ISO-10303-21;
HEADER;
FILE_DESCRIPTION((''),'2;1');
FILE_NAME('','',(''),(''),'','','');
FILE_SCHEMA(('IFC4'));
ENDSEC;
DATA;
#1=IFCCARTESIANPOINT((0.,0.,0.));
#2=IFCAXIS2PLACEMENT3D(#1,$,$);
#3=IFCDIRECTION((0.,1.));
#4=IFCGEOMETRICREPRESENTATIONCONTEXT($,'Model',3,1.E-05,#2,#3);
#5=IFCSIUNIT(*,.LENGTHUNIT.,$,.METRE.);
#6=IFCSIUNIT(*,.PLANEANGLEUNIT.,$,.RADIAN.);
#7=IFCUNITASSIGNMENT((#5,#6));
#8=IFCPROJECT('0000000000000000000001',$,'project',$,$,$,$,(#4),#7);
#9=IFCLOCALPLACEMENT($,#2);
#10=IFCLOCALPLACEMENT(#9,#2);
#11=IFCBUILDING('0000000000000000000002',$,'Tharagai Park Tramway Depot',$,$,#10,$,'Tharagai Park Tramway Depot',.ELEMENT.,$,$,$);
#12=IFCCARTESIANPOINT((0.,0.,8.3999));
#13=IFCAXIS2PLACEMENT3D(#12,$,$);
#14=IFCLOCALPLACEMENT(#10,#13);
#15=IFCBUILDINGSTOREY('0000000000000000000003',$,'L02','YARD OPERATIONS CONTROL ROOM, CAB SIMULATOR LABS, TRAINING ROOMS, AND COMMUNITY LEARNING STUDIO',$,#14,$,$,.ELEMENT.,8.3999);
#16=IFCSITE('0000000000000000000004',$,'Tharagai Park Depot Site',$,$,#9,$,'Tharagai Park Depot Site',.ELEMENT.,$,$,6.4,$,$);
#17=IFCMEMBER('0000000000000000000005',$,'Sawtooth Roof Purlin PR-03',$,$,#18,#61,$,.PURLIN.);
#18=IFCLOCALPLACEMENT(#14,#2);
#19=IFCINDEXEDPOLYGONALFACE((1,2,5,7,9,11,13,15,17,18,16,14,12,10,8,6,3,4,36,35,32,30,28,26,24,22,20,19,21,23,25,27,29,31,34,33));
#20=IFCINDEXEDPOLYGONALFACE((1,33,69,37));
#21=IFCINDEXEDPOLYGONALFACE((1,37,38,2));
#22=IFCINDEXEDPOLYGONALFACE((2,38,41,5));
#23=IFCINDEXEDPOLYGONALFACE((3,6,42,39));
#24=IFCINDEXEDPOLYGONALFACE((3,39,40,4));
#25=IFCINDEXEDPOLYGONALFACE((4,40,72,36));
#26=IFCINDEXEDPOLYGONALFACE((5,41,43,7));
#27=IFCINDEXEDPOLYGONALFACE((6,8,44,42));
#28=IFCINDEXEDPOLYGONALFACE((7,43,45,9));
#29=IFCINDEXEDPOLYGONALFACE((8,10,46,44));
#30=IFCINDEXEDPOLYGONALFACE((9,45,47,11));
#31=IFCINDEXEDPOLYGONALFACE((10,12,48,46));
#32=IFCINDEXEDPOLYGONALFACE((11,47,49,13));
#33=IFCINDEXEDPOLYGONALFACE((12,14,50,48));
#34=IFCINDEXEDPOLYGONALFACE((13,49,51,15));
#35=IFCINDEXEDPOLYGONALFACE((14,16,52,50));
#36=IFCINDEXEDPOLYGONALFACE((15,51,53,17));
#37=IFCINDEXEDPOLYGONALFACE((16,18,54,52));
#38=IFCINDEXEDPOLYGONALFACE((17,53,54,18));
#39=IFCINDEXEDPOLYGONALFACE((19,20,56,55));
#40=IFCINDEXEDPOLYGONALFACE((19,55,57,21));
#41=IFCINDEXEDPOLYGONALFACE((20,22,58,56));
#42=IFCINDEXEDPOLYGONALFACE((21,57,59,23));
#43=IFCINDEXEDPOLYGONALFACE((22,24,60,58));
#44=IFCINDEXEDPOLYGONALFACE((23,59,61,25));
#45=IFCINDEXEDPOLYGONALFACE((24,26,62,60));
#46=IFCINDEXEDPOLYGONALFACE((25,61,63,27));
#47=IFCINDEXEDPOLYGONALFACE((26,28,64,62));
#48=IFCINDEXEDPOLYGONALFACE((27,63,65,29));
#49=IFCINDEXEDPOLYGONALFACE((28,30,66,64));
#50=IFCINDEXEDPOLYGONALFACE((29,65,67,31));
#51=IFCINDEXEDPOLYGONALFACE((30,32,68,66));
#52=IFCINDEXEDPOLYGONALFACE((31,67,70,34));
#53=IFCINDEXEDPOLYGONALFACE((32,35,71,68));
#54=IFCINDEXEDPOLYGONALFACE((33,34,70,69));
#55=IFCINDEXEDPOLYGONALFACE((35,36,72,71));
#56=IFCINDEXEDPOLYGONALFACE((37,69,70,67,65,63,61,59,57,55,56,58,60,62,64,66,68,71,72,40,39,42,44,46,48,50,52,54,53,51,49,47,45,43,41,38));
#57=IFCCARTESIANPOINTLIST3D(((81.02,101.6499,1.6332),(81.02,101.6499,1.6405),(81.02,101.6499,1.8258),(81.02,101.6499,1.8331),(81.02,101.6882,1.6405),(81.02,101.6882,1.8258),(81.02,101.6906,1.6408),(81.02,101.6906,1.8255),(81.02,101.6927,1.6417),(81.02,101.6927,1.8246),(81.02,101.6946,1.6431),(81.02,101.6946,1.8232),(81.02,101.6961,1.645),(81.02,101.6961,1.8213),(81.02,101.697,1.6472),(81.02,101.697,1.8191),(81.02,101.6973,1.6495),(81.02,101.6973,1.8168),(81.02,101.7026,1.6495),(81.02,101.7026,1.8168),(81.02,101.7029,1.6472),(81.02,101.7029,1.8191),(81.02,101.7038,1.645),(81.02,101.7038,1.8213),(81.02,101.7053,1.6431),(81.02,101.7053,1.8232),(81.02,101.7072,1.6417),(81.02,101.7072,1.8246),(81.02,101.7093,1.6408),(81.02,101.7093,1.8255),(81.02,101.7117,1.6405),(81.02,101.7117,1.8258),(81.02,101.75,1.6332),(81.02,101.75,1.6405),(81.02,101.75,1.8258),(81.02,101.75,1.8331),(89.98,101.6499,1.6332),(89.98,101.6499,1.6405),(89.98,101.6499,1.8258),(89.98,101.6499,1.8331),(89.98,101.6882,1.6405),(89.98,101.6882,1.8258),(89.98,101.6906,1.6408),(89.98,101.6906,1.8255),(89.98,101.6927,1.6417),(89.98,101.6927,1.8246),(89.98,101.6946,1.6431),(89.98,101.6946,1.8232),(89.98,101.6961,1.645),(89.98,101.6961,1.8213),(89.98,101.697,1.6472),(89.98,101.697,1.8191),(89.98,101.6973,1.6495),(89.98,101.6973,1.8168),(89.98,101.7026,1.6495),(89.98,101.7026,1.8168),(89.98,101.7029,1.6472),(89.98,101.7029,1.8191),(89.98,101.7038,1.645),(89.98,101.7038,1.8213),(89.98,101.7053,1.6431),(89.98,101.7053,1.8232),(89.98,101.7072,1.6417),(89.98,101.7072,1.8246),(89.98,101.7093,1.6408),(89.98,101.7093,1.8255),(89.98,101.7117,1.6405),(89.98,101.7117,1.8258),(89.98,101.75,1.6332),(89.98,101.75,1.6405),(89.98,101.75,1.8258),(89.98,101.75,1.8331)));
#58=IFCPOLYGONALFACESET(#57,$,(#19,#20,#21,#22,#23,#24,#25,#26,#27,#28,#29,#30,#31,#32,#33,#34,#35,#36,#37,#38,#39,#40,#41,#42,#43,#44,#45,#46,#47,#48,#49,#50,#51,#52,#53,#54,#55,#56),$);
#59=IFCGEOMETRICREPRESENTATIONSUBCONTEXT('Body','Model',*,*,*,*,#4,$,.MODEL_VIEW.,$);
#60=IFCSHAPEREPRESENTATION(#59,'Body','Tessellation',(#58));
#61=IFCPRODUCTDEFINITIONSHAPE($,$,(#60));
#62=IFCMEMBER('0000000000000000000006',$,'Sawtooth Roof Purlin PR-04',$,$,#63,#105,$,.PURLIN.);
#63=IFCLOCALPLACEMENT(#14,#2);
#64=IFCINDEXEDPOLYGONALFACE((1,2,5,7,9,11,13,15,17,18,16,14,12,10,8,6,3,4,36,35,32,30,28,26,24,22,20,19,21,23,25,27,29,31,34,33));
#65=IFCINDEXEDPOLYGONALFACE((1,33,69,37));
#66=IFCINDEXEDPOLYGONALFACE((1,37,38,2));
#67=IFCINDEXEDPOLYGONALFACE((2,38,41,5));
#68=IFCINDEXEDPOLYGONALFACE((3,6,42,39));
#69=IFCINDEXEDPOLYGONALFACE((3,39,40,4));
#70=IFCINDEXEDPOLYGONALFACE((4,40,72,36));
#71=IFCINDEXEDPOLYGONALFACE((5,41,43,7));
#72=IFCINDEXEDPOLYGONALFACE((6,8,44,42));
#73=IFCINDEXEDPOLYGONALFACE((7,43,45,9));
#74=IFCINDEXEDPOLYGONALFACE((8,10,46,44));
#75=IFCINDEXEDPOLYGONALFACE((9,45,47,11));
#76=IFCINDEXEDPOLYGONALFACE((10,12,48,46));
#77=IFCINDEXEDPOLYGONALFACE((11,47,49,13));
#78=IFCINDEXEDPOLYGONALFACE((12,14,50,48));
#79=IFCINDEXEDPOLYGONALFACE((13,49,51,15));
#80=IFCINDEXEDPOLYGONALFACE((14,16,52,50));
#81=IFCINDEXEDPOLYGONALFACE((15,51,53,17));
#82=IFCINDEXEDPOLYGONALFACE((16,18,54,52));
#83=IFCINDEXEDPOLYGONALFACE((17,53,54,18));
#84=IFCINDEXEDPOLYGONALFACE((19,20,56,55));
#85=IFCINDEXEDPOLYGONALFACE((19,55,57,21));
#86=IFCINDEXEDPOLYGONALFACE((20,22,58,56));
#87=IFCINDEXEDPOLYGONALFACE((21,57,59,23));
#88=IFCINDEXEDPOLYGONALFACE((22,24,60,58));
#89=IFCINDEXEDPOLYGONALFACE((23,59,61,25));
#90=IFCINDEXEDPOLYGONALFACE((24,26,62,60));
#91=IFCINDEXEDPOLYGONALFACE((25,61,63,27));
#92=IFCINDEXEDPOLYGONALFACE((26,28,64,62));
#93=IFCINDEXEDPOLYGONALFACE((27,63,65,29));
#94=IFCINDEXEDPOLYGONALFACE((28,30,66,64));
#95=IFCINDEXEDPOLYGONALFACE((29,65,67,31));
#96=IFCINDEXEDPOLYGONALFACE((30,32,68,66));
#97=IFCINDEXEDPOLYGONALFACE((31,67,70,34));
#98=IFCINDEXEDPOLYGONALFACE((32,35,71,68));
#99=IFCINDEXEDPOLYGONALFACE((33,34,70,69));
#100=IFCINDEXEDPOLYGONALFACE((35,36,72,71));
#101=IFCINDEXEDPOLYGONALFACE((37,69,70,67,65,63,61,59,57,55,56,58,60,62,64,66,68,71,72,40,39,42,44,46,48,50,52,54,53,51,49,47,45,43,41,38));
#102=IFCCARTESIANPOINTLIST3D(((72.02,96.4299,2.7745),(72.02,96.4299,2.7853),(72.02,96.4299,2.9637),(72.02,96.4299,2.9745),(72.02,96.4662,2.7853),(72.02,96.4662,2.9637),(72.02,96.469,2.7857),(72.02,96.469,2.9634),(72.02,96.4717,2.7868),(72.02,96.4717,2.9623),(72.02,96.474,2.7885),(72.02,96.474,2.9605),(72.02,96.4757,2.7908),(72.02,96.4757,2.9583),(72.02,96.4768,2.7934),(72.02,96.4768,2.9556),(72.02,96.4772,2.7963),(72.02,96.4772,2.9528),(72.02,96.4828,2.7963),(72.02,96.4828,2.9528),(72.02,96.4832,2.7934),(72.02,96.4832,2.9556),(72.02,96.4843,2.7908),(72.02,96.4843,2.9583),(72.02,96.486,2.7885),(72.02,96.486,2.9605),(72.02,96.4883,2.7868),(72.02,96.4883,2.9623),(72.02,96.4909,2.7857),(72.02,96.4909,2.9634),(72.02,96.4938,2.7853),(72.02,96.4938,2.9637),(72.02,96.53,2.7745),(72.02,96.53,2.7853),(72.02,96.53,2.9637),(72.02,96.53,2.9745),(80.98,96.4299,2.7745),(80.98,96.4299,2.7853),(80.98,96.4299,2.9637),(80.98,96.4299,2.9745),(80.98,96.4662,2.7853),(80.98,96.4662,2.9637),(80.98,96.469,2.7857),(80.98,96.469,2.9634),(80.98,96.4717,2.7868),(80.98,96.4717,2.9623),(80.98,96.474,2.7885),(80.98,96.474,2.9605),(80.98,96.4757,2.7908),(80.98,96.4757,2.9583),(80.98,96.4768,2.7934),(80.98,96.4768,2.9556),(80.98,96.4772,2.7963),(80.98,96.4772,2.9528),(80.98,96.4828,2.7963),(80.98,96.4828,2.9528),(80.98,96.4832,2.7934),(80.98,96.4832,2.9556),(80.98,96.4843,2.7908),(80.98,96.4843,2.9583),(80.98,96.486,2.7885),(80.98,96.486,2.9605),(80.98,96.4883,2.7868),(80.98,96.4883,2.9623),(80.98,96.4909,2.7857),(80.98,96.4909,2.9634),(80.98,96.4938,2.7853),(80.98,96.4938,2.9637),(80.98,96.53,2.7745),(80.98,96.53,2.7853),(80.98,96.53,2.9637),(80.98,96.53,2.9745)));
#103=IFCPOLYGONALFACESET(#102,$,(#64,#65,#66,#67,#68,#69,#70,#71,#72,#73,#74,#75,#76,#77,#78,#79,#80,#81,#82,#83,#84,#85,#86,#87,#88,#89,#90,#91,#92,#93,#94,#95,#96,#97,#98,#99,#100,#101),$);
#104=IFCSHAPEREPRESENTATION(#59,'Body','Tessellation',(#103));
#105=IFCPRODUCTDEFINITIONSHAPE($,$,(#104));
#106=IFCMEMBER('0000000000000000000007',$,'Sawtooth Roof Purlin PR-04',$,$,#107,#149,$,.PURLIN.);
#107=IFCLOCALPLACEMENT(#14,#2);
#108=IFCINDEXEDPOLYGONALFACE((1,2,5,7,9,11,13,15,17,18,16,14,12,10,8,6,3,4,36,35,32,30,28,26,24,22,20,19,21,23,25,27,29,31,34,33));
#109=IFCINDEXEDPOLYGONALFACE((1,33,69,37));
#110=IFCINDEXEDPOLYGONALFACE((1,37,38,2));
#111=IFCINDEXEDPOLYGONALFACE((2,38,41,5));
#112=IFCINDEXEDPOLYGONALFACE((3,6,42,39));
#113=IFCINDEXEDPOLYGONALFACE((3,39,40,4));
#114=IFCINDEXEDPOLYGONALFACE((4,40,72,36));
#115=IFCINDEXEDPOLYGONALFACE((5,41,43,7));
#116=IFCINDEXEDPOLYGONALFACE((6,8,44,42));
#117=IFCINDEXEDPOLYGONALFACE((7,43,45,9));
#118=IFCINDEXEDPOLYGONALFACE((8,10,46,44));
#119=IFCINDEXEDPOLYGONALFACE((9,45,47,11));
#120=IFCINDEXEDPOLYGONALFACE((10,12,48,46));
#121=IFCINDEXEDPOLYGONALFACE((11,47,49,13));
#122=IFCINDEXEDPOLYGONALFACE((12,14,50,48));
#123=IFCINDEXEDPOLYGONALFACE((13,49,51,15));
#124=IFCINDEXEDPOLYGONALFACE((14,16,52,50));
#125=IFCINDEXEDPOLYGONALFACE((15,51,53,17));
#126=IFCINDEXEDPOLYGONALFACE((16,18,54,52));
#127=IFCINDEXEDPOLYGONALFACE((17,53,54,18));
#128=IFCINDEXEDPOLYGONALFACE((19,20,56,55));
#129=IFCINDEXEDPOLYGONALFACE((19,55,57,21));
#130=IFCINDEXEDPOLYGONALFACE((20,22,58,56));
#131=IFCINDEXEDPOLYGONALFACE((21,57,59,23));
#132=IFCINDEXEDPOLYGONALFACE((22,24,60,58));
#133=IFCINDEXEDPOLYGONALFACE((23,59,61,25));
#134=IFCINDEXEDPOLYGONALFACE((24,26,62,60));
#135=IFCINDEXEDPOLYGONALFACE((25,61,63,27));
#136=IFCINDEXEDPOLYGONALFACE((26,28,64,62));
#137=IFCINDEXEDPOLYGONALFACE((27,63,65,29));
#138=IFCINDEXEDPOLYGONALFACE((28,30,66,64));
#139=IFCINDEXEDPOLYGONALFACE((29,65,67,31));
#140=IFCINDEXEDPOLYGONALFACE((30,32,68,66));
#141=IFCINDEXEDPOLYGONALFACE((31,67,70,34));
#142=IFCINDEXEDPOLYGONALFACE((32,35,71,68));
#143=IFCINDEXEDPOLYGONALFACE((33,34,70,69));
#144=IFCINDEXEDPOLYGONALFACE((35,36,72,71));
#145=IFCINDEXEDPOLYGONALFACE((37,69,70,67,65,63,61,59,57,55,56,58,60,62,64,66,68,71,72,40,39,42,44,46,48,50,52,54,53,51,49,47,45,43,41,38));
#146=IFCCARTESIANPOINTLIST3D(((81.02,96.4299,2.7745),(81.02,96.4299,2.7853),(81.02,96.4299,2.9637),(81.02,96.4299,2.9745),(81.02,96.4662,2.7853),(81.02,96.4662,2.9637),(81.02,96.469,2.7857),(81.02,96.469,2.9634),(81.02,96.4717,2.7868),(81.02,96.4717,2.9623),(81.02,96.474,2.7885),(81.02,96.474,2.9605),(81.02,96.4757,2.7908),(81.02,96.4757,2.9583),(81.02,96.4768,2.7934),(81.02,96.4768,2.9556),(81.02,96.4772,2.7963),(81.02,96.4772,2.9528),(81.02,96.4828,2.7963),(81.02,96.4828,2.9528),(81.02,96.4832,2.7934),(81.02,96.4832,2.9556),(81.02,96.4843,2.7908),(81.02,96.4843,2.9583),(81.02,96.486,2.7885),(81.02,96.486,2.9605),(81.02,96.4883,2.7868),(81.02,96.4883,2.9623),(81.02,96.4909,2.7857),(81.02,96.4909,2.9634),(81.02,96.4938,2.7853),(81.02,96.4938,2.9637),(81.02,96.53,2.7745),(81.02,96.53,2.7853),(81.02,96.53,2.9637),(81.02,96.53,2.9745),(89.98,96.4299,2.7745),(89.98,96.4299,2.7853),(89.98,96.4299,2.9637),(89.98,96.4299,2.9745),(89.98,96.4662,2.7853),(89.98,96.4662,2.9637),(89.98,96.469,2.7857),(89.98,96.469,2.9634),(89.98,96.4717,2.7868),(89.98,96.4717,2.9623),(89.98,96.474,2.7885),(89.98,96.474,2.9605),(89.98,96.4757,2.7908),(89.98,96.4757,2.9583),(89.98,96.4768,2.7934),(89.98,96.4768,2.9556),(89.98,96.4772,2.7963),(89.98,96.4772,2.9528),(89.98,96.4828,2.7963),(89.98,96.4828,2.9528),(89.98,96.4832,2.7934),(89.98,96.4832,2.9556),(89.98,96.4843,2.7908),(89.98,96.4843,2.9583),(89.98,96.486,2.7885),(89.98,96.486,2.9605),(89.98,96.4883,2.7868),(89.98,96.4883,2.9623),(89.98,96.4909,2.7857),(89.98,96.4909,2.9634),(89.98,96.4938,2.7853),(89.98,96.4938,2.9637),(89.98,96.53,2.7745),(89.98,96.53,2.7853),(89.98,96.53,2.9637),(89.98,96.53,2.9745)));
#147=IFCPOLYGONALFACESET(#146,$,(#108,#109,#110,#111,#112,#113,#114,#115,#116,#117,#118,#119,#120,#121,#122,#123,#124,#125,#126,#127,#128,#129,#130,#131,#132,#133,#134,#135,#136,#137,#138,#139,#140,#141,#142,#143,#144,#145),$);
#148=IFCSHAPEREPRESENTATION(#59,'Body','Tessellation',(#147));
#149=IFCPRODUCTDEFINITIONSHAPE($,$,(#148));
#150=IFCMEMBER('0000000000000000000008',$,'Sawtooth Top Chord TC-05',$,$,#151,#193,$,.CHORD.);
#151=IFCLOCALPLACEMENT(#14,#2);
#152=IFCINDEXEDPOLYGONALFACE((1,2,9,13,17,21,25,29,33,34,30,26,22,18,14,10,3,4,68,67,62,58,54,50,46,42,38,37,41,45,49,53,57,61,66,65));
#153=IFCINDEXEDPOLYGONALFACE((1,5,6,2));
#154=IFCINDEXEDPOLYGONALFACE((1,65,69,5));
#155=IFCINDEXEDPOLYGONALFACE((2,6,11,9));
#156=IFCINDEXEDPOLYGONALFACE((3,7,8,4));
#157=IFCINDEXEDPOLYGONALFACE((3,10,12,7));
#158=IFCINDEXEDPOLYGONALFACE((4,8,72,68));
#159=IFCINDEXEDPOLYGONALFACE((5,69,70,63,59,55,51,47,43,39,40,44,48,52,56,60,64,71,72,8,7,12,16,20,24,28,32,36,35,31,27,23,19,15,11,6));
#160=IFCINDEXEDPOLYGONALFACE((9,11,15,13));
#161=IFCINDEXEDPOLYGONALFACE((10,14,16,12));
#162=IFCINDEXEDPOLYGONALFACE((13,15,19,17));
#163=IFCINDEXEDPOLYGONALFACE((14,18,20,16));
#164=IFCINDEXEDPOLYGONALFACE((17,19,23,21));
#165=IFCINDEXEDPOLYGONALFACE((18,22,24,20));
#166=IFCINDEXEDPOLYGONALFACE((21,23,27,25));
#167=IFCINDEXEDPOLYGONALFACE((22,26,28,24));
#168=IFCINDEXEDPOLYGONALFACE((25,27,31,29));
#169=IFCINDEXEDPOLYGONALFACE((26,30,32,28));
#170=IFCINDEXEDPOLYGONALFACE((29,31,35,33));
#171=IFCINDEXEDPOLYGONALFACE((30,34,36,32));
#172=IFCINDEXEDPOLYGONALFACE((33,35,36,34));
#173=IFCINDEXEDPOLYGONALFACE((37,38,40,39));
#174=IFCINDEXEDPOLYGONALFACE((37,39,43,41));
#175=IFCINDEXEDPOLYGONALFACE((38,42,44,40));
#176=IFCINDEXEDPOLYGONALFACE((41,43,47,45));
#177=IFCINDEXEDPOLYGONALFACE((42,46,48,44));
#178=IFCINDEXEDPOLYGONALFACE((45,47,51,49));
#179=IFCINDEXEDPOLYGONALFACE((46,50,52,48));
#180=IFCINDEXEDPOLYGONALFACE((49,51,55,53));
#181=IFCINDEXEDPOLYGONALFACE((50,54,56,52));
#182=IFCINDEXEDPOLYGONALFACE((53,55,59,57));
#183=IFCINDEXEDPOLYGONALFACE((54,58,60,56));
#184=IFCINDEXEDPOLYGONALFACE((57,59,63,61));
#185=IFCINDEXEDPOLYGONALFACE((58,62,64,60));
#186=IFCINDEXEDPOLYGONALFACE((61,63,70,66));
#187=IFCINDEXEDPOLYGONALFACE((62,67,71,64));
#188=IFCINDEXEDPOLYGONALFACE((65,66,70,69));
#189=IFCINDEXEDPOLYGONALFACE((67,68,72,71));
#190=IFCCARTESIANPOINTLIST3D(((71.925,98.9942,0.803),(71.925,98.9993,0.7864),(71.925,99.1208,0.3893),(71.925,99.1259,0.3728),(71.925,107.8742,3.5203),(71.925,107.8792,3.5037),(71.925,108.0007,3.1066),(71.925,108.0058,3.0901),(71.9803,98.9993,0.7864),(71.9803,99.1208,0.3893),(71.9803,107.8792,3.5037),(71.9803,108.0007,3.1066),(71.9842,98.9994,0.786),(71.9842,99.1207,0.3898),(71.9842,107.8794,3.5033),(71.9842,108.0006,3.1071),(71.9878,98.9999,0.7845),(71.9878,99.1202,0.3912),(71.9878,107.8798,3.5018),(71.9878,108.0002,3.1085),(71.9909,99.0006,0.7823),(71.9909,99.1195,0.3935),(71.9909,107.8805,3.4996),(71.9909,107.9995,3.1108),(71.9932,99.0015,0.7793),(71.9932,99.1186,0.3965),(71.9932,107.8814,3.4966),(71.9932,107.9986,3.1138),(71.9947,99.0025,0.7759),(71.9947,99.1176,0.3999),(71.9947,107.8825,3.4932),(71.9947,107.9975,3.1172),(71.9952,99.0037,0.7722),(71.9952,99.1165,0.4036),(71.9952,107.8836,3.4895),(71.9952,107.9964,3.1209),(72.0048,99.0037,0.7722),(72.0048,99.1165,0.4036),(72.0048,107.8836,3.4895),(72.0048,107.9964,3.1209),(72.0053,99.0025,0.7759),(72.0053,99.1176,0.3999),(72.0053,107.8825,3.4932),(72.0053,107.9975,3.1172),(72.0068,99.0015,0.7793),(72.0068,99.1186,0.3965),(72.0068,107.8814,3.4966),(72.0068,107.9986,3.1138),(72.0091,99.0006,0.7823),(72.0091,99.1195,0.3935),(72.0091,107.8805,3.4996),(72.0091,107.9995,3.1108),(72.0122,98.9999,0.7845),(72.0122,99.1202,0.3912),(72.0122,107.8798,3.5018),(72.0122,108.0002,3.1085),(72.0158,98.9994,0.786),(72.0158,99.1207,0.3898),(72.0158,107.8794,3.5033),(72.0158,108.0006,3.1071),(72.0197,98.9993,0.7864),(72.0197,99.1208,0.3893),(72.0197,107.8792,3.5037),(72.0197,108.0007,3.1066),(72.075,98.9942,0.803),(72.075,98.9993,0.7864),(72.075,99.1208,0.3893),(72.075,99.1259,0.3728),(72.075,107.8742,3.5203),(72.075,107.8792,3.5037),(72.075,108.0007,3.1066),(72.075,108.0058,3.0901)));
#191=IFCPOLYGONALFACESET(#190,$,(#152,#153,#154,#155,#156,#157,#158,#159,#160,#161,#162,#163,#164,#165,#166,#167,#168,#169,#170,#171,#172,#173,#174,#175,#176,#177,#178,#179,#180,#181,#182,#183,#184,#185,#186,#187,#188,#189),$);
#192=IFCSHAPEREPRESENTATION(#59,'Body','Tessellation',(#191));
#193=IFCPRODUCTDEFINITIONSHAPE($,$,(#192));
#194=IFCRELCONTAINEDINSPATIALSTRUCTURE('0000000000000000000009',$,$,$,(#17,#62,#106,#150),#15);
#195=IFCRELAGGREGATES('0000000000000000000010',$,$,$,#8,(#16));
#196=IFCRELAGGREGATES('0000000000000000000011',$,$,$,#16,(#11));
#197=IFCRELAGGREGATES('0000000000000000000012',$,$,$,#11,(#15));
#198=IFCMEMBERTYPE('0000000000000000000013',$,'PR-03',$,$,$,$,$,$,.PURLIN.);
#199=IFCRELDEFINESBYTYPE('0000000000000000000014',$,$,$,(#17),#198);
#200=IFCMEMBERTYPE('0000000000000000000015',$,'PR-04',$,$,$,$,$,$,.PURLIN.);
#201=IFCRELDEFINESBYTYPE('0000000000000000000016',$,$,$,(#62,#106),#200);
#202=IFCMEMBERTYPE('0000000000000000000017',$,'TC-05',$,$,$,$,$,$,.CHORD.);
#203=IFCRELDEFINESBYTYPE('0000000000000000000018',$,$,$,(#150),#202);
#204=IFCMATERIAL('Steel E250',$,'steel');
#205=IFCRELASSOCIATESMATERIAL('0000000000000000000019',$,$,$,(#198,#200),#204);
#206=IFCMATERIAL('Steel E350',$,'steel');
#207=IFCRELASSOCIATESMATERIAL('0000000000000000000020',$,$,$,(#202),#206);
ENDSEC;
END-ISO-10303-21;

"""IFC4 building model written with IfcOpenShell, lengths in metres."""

from ifc_helpers import new_model, si_unit, direction, frame, origin, origin_2d, place, context, subcontext, project, spatial, i_section, extrude, material, material_profile, profile_set, type_object, element, save


model = new_model("IFC4")

# Units and contexts
model_context = context("Model", 3, precision=1e-05, world=origin(), true_north=direction((0.0, 1.0)))
body_context = subcontext(model_context, "Body", "Model", "MODEL_VIEW")
ifc_project = project(units=[si_unit("LENGTHUNIT", "METRE"), si_unit("PLANEANGLEUNIT", "RADIAN")], contexts=[model_context])

# Site, building, storey
site_placement = place(None, origin())
site = spatial("IfcSite", under=ifc_project, at=site_placement, Name="Tharagai Park Depot Site", LongName="Tharagai Park Depot Site", CompositionType="ELEMENT", RefElevation=6.4)
building_placement = place(site_placement, origin())
building = spatial("IfcBuilding", under=site, at=building_placement, Name="Tharagai Park Tramway Depot", LongName="Tharagai Park Tramway Depot", CompositionType="ELEMENT")
storey_placement = place(building_placement, frame((0.0, 0.0, 8.3999)))
storey = spatial("IfcBuildingStorey", under=building, at=storey_placement, Name="L02", Description="YARD OPERATIONS CONTROL ROOM, CAB SIMULATOR LABS, TRAINING ROOMS, AND COMMUNITY LEARNING STUDIO", CompositionType="ELEMENT", Elevation=8.3999)

# Shared definitions
ifc_material_1 = material(Name="Steel E350", Category="steel")

# Members
ifc_material_2 = material(Name="Steel E250", Category="steel")
ifc_material_profile_1 = material_profile(ifc_material_2, i_section(OverallWidth=0.1001, OverallDepth=0.2, WebThickness=0.0054, FlangeThickness=0.0073, FilletRadius=0.009, at=origin_2d()), Name="ISLB 200")
ifc_profile_set_1 = profile_set([ifc_material_profile_1], Name="Steel E250")
member_type_1 = type_object("IfcMemberType", Name="PR-03", PredefinedType="PURLIN", material=ifc_profile_set_1)
for number, where, z_axis, x_axis, name in (
    (1, (81.02, 101.7, 1.7332), (1.0, 0.0, 0.0), (0.0, 1.0, 0.0), "Sawtooth Roof Purlin PR-03"),
):
    element("IfcMember", number, at=place(storey_placement, frame(where, z_axis=z_axis, x_axis=x_axis)), inside=storey, type_object=member_type_1, Name=name, PredefinedType="PURLIN", context=body_context, shape_type="SweptSolid", body=[
        extrude(i_section(OverallWidth=0.1001, OverallDepth=0.2, WebThickness=0.0054, FlangeThickness=0.0073, FilletRadius=0.009, at=origin_2d()), origin(), (0.0, 0.0, 1.0), 8.96),
    ])
ifc_material_profile_2 = material_profile(ifc_material_2, i_section(OverallWidth=0.1001, OverallDepth=0.2, WebThickness=0.0056, FlangeThickness=0.0107, FilletRadius=0.011, at=origin_2d()), Name="ISMB 200")
ifc_profile_set_2 = profile_set([ifc_material_profile_2], Name="Steel E250")
member_type_2 = type_object("IfcMemberType", Name="PR-04", PredefinedType="PURLIN", material=ifc_profile_set_2)
for number, where, z_axis, x_axis, name in (
    (2, (72.02, 96.48, 2.8745), (1.0, 0.0, 0.0), (0.0, 1.0, 0.0), "Sawtooth Roof Purlin PR-04"),
    (3, (81.02, 96.48, 2.8745), (1.0, 0.0, 0.0), (0.0, 1.0, 0.0), "Sawtooth Roof Purlin PR-04"),
):
    element("IfcMember", number, at=place(storey_placement, frame(where, z_axis=z_axis, x_axis=x_axis)), inside=storey, type_object=member_type_2, Name=name, PredefinedType="PURLIN", context=body_context, shape_type="SweptSolid", body=[
        extrude(i_section(OverallWidth=0.1001, OverallDepth=0.2, WebThickness=0.0056, FlangeThickness=0.0107, FilletRadius=0.011, at=origin_2d()), origin(), (0.0, 0.0, 1.0), 8.96),
    ])
ifc_material_profile_3 = material_profile(ifc_material_1, i_section(OverallWidth=0.1499, OverallDepth=0.45, WebThickness=0.0095, FlangeThickness=0.0173, FilletRadius=0.0149, at=origin_2d()), Name="ISMB 450")
ifc_profile_set_3 = profile_set([ifc_material_profile_3], Name="Steel E350")
member_type_3 = type_object("IfcMemberType", Name="TC-05", PredefinedType="CHORD", material=ifc_profile_set_3)
for number, where, z_axis, x_axis, name in (
    (4, (72.0, 99.0601, 0.5879), (0.0, 0.956231, 0.292611), (-1.0, 0.0, 0.0), "Sawtooth Top Chord TC-05"),
):
    element("IfcMember", number, at=place(storey_placement, frame(where, z_axis=z_axis, x_axis=x_axis)), inside=storey, type_object=member_type_3, Name=name, PredefinedType="CHORD", context=body_context, shape_type="SweptSolid", body=[
        extrude(i_section(OverallWidth=0.1499, OverallDepth=0.45, WebThickness=0.0095, FlangeThickness=0.0173, FilletRadius=0.0149, at=origin_2d()), origin(), (0.0, 0.0, 1.0), 9.2864),
    ])

save(model, "model.ifc")
